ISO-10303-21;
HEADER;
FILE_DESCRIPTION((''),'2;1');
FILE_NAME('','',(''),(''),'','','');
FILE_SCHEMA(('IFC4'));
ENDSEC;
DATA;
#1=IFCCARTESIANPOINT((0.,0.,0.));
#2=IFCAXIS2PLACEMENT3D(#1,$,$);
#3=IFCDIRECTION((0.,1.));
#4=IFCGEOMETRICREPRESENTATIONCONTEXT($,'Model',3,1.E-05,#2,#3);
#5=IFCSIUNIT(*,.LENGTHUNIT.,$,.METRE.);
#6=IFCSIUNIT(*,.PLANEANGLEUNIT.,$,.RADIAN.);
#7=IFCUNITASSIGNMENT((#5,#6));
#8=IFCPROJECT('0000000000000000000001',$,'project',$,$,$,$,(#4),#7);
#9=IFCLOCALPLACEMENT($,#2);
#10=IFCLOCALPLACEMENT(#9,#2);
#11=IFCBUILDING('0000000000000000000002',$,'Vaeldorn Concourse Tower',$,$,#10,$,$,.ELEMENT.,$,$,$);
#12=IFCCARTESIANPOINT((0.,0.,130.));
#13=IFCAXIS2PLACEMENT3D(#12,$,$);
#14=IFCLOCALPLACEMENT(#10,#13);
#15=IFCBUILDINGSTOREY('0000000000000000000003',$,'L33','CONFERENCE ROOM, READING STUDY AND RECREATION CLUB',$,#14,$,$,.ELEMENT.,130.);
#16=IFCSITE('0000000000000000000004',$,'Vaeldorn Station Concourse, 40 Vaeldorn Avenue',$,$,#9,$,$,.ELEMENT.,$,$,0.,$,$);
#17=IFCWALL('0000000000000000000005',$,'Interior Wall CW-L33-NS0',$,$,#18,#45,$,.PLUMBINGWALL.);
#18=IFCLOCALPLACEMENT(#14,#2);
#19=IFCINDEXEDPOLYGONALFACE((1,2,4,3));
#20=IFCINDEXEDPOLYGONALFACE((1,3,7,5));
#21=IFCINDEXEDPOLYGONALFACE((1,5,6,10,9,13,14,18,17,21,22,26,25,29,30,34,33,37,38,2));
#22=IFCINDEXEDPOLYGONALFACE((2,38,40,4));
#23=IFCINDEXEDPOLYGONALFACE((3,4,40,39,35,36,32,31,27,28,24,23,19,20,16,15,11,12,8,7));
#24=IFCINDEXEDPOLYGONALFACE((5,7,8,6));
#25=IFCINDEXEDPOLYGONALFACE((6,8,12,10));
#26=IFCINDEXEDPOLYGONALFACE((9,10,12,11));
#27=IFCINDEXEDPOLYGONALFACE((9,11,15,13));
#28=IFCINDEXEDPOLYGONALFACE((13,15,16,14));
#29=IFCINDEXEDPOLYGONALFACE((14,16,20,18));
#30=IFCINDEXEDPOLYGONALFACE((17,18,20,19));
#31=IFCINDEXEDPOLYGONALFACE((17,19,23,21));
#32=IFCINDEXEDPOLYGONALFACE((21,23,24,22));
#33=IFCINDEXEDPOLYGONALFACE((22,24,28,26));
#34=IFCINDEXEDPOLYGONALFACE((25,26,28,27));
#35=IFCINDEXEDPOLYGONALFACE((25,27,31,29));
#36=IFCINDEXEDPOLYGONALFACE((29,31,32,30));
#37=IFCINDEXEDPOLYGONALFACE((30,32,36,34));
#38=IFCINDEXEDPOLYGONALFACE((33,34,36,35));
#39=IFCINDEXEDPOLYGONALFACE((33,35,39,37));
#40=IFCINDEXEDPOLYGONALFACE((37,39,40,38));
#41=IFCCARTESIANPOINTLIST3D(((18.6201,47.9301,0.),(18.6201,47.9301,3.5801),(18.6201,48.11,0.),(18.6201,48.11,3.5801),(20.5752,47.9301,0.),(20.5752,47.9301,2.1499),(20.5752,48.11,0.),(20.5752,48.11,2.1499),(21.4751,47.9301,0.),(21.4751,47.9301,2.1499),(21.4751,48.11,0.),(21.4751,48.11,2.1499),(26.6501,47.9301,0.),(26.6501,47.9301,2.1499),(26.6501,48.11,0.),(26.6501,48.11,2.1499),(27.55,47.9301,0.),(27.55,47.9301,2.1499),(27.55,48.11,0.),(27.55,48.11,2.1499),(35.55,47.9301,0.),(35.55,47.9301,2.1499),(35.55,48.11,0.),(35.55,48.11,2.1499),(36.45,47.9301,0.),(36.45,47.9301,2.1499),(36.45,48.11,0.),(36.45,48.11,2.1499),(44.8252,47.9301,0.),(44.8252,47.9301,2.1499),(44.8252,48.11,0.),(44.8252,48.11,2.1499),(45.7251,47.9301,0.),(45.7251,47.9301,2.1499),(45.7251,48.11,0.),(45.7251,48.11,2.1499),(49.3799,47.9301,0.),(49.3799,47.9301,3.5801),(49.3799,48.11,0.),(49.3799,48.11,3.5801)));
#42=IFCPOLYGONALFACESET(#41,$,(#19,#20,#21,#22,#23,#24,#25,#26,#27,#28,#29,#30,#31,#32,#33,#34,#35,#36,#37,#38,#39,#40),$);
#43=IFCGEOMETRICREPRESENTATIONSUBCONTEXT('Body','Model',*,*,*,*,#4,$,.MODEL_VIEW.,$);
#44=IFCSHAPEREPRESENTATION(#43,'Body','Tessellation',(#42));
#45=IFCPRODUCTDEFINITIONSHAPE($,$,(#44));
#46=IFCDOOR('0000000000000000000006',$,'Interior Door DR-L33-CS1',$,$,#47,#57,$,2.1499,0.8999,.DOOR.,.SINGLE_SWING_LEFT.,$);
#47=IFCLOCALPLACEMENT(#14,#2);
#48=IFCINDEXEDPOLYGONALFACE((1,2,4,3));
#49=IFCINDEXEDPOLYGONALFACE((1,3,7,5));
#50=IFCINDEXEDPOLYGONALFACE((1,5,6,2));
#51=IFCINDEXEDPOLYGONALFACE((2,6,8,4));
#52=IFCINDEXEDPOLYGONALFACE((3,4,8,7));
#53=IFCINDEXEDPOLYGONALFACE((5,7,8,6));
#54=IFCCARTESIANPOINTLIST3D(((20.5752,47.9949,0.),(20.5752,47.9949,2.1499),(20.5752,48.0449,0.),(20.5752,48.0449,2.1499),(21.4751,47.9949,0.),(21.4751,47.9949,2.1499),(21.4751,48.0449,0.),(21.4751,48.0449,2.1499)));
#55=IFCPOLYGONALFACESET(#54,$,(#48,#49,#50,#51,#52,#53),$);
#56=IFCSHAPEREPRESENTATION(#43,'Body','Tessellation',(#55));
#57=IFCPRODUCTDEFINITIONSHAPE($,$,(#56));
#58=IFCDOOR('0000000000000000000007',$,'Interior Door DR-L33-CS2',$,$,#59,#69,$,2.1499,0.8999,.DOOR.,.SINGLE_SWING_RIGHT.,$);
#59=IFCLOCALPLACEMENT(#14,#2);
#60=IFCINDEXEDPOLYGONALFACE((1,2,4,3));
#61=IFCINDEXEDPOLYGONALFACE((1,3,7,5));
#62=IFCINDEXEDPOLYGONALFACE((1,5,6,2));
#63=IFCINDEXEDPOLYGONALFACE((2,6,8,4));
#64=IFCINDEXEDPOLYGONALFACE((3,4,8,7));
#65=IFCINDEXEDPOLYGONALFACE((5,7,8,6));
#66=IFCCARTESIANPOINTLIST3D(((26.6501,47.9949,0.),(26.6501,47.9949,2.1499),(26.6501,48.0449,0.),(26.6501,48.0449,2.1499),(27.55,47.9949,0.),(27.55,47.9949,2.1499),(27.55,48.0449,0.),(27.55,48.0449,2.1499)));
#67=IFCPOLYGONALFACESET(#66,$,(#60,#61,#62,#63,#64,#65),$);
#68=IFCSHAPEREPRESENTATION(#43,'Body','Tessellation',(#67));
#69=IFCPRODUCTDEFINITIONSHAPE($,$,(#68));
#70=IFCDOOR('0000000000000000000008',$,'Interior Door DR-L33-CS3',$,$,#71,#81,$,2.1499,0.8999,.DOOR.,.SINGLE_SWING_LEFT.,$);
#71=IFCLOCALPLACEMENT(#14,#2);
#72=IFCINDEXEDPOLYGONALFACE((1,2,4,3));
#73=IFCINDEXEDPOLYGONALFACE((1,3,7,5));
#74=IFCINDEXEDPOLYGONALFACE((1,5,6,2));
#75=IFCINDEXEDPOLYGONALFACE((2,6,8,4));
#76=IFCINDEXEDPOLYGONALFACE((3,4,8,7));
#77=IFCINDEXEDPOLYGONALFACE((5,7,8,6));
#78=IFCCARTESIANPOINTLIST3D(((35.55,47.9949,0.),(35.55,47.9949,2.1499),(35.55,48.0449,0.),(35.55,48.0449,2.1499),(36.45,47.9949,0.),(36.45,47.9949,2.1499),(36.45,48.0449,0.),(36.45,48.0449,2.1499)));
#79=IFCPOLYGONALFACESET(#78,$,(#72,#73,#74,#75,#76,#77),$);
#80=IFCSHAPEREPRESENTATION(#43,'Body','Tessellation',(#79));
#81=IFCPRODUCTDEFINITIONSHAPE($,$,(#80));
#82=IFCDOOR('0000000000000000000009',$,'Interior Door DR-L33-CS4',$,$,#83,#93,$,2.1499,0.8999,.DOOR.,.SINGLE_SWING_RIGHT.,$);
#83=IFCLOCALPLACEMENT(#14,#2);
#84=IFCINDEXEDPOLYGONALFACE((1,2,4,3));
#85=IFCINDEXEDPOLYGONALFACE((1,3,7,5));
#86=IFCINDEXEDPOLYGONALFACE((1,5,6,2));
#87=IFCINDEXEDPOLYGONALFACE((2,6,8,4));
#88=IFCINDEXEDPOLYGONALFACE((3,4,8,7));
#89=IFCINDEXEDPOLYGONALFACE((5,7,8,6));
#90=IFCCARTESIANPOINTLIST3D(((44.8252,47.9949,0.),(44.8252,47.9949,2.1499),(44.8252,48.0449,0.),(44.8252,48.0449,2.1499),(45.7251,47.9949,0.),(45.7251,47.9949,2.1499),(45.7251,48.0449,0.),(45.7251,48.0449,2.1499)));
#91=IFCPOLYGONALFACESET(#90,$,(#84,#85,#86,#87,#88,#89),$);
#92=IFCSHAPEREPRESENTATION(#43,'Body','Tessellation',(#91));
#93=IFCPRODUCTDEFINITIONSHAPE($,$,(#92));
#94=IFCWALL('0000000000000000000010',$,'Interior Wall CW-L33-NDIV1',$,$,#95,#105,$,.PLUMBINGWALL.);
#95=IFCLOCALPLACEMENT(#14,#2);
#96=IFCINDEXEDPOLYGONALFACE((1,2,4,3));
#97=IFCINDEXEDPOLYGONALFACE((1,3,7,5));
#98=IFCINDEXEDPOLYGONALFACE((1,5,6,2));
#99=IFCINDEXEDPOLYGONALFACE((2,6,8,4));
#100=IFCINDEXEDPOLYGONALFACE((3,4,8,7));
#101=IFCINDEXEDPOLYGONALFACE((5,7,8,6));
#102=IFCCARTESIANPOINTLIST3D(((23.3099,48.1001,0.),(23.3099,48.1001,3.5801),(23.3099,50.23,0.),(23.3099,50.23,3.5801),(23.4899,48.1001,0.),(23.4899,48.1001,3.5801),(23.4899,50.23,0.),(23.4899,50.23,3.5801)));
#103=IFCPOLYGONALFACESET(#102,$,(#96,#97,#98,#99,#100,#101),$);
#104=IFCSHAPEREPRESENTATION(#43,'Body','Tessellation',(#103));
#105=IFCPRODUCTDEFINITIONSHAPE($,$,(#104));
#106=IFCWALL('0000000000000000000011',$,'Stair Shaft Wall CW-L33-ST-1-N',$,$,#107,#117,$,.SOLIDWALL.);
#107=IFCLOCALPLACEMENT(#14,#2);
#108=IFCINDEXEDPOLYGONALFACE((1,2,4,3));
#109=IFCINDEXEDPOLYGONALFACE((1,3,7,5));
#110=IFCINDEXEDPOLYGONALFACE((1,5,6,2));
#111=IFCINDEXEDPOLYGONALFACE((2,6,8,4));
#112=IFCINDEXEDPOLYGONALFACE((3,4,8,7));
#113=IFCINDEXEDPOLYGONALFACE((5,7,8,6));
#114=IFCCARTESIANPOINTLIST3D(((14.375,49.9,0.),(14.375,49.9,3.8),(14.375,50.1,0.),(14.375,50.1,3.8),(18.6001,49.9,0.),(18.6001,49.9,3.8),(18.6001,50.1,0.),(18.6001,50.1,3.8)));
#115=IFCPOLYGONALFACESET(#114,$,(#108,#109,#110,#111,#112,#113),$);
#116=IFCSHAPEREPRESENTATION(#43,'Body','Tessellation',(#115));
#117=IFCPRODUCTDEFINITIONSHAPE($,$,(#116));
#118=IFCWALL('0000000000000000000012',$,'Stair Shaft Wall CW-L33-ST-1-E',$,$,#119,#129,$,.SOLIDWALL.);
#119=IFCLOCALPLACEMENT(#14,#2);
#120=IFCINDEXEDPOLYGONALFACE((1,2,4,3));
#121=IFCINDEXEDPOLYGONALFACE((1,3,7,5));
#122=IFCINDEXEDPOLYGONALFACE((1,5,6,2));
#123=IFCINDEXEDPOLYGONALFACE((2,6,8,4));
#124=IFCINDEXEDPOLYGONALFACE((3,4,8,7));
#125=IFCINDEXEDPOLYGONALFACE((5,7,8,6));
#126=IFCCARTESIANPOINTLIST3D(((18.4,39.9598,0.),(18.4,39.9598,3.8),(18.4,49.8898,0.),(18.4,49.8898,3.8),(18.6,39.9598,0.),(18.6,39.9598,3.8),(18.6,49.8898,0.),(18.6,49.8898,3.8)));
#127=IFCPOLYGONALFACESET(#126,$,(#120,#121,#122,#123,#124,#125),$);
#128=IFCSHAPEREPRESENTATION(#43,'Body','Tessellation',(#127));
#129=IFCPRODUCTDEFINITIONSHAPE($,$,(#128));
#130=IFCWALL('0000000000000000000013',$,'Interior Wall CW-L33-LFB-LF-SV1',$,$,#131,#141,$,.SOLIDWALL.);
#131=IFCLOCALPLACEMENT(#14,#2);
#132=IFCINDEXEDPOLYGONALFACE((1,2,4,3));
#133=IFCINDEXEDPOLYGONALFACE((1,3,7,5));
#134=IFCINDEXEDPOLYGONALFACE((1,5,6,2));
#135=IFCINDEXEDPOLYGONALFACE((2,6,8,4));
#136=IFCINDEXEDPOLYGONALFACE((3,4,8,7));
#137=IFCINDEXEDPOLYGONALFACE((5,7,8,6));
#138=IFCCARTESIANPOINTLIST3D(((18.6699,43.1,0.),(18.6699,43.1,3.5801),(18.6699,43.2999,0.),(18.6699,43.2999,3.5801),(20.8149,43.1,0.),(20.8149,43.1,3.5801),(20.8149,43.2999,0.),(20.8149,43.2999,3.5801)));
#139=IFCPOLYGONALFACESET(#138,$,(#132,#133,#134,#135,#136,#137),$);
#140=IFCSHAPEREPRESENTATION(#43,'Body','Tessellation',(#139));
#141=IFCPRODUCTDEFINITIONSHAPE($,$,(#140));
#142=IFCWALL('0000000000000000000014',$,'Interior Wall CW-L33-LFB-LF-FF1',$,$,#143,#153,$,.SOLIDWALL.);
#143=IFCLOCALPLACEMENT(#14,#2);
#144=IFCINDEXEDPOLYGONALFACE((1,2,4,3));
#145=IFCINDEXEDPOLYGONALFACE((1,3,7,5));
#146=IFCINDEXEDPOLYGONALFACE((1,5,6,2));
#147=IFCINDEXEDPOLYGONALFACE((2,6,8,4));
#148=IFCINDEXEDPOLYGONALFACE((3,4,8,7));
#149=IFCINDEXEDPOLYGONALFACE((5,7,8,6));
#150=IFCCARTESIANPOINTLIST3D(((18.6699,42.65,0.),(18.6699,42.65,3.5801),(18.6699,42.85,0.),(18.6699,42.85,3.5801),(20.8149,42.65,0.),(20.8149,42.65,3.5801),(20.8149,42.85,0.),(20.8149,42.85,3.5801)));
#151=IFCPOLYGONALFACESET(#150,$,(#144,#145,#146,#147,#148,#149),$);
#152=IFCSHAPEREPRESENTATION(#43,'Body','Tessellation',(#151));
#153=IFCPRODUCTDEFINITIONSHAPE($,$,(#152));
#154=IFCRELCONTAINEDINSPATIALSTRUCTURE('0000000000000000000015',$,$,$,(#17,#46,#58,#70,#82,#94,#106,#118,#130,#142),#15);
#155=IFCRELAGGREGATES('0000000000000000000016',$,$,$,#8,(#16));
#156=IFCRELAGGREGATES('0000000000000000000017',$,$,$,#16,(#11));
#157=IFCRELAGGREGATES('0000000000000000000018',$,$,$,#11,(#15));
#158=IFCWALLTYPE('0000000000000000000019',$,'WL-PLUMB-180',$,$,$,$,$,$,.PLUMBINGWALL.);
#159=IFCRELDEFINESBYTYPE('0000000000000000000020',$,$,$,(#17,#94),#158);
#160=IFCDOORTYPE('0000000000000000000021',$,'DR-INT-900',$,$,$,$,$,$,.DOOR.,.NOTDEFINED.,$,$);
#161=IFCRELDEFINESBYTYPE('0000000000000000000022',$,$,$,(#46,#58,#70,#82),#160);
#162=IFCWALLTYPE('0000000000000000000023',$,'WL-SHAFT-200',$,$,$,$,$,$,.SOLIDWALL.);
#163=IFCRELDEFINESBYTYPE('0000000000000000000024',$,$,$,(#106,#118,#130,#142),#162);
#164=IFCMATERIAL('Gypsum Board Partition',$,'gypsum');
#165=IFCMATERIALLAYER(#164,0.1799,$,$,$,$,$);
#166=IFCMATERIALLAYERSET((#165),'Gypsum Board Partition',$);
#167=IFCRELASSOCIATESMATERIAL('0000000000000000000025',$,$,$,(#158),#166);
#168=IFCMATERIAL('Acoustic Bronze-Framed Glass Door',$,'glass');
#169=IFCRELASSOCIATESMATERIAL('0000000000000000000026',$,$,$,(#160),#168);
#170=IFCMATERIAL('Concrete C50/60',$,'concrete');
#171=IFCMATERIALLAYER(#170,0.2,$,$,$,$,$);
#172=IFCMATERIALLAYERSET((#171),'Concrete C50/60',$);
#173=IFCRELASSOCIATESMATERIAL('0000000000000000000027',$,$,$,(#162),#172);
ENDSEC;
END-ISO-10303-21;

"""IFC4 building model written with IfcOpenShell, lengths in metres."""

from ifc_helpers import new_model, si_unit, direction, frame, frame_2d, origin, place, context, subcontext, project, spatial, rectangle, extrude, source, transform, mapped, material, layer, layer_set, type_object, element, fill, save


model = new_model("IFC4")

# Units and contexts
model_context = context("Model", 3, precision=1e-05, world=origin(), true_north=direction((0.0, 1.0)))
body_context = subcontext(model_context, "Body", "Model", "MODEL_VIEW")
ifc_project = project(units=[si_unit("LENGTHUNIT", "METRE"), si_unit("PLANEANGLEUNIT", "RADIAN")], contexts=[model_context])

# Site, building, storey
site_placement = place(None, origin())
site = spatial("IfcSite", under=ifc_project, at=site_placement, Name="Vaeldorn Station Concourse, 40 Vaeldorn Avenue", CompositionType="ELEMENT", RefElevation=0.0)
building_placement = place(site_placement, origin())
building = spatial("IfcBuilding", under=site, at=building_placement, Name="Vaeldorn Concourse Tower", CompositionType="ELEMENT")
storey_placement = place(building_placement, frame((0.0, 0.0, 130.0)))
storey = spatial("IfcBuildingStorey", under=building, at=storey_placement, Name="L33", Description="CONFERENCE ROOM, READING STUDY AND RECREATION CLUB", CompositionType="ELEMENT", Elevation=130.0)

# Shared definitions
ifc_material_1 = material(Name="Gypsum Board Partition", Category="gypsum")

# Wall, openings, doors
ifc_layer_1 = layer(ifc_material_1, 0.1799)
ifc_layer_set_1 = layer_set([ifc_layer_1], Name="Gypsum Board Partition")
wall_type_1 = type_object("IfcWallType", Name="WL-PLUMB-180", PredefinedType="PLUMBINGWALL", material=ifc_layer_set_1)
wall_1_placement = place(storey_placement, frame((18.6201, 48.02, 0.0), z_axis=(0.0, 0.0, 1.0), x_axis=(1.0, 0.0, 0.0)))
wall_1 = element("IfcWall", 1, at=wall_1_placement, inside=storey, type_object=wall_type_1, Name="Interior Wall CW-L33-NS0", PredefinedType="PLUMBINGWALL", context=body_context, shape_type="SweptSolid", body=[
    extrude(rectangle(XDim=30.7598, YDim=0.1799, at=frame_2d((15.3799, 0.0))), origin(), (0.0, 0.0, 1.0), 3.5801),
])
opening_1_placement = place(wall_1_placement, frame((1.9551, 0.0, 0.0)))
opening_1 = element("IfcOpeningElement", 2, at=opening_1_placement, cuts=wall_1, PredefinedType="OPENING", context=body_context, shape_type="SweptSolid", body=[
    extrude(rectangle(XDim=0.8999, YDim=2.1499, at=frame_2d((0.45, 1.075))), frame((0.0, 0.1001, 0.0), z_axis=(0.0, -1.0, 0.0), x_axis=(1.0, 0.0, 0.0)), (0.0, 0.0, 1.0), 0.2),
])
opening_2_placement = place(wall_1_placement, frame((8.03, 0.0, 0.0)))
opening_2 = element("IfcOpeningElement", 3, at=opening_2_placement, cuts=wall_1, PredefinedType="OPENING", context=body_context, shape_type="SweptSolid", body=[
    extrude(rectangle(XDim=0.8999, YDim=2.1499, at=frame_2d((0.45, 1.075))), frame((0.0, 0.1001, 0.0), z_axis=(0.0, -1.0, 0.0), x_axis=(1.0, 0.0, 0.0)), (0.0, 0.0, 1.0), 0.2),
])
opening_3_placement = place(wall_1_placement, frame((16.9299, 0.0, 0.0)))
opening_3 = element("IfcOpeningElement", 4, at=opening_3_placement, cuts=wall_1, PredefinedType="OPENING", context=body_context, shape_type="SweptSolid", body=[
    extrude(rectangle(XDim=0.8999, YDim=2.1499, at=frame_2d((0.45, 1.075))), frame((0.0, 0.1001, 0.0), z_axis=(0.0, -1.0, 0.0), x_axis=(1.0, 0.0, 0.0)), (0.0, 0.0, 1.0), 0.2),
])
opening_4_placement = place(wall_1_placement, frame((26.2051, 0.0, 0.0)))
opening_4 = element("IfcOpeningElement", 5, at=opening_4_placement, cuts=wall_1, PredefinedType="OPENING", context=body_context, shape_type="SweptSolid", body=[
    extrude(rectangle(XDim=0.8999, YDim=2.1499, at=frame_2d((0.45, 1.075))), frame((0.0, 0.1001, 0.0), z_axis=(0.0, -1.0, 0.0), x_axis=(1.0, 0.0, 0.0)), (0.0, 0.0, 1.0), 0.2),
])
ifc_material_2 = material(Name="Acoustic Bronze-Framed Glass Door", Category="glass")
door_type_1 = type_object("IfcDoorType", Name="DR-INT-900", OperationType="NOTDEFINED", PredefinedType="DOOR", material=ifc_material_2)
shared_shape_1 = source(origin(), body_context, "Body", "SweptSolid", [
    extrude(rectangle(XDim=0.8999, YDim=2.1499, at=frame_2d((0.45, 1.075))), frame((0.0, 0.0249, 0.0), z_axis=(0.0, -1.0, 0.0), x_axis=(1.0, 0.0, 0.0)), (0.0, 0.0, 1.0), 0.05),
])
door_1_placement = place(opening_1_placement, origin())
door_1 = element("IfcDoor", 6, at=door_1_placement, inside=storey, type_object=door_type_1, Name="Interior Door DR-L33-CS1", OperationType="SINGLE_SWING_LEFT", OverallHeight=2.1499, OverallWidth=0.8999, PredefinedType="DOOR", context=body_context, shape_type="MappedRepresentation", body=[
    mapped(shared_shape_1, transform((0.0, 0.0, 0.0), scale=1.0)),
])
fill(opening_1, door_1)
door_2_placement = place(opening_2_placement, origin())
door_2 = element("IfcDoor", 7, at=door_2_placement, inside=storey, type_object=door_type_1, Name="Interior Door DR-L33-CS2", OperationType="SINGLE_SWING_RIGHT", OverallHeight=2.1499, OverallWidth=0.8999, PredefinedType="DOOR", context=body_context, shape_type="MappedRepresentation", body=[
    mapped(shared_shape_1, transform((0.0, 0.0, 0.0), scale=1.0)),
])
fill(opening_2, door_2)
door_3_placement = place(opening_3_placement, origin())
door_3 = element("IfcDoor", 8, at=door_3_placement, inside=storey, type_object=door_type_1, Name="Interior Door DR-L33-CS3", OperationType="SINGLE_SWING_LEFT", OverallHeight=2.1499, OverallWidth=0.8999, PredefinedType="DOOR", context=body_context, shape_type="MappedRepresentation", body=[
    mapped(shared_shape_1, transform((0.0, 0.0, 0.0), scale=1.0)),
])
fill(opening_3, door_3)
door_4_placement = place(opening_4_placement, origin())
door_4 = element("IfcDoor", 9, at=door_4_placement, inside=storey, type_object=door_type_1, Name="Interior Door DR-L33-CS4", OperationType="SINGLE_SWING_RIGHT", OverallHeight=2.1499, OverallWidth=0.8999, PredefinedType="DOOR", context=body_context, shape_type="MappedRepresentation", body=[
    mapped(shared_shape_1, transform((0.0, 0.0, 0.0), scale=1.0)),
])
fill(opening_4, door_4)

# Walls
wall_2_placement = place(storey_placement, frame((23.3999, 48.1001, 0.0), z_axis=(0.0, 0.0, 1.0), x_axis=(0.0, 1.0, 0.0)))
element("IfcWall", 10, at=wall_2_placement, inside=storey, type_object=wall_type_1, Name="Interior Wall CW-L33-NDIV1", PredefinedType="PLUMBINGWALL", context=body_context, shape_type="SweptSolid", body=[
    extrude(rectangle(XDim=2.1299, YDim=0.1799, at=frame_2d((1.0649, 0.0))), origin(), (0.0, 0.0, 1.0), 3.5801),
])
ifc_material_3 = material(Name="Concrete C50/60", Category="concrete")
ifc_layer_2 = layer(ifc_material_3, 0.2)
ifc_layer_set_2 = layer_set([ifc_layer_2], Name="Concrete C50/60")
wall_type_2 = type_object("IfcWallType", Name="WL-SHAFT-200", PredefinedType="SOLIDWALL", material=ifc_layer_set_2)
wall_3_placement = place(storey_placement, frame((14.375, 50.0, 0.0), z_axis=(0.0, 0.0, 1.0), x_axis=(1.0, 0.0, 0.0)))
element("IfcWall", 11, at=wall_3_placement, inside=storey, type_object=wall_type_2, Name="Stair Shaft Wall CW-L33-ST-1-N", PredefinedType="SOLIDWALL", context=body_context, shape_type="SweptSolid", body=[
    extrude(rectangle(XDim=4.2251, YDim=0.2, at=frame_2d((2.1125, 0.0))), origin(), (0.0, 0.0, 1.0), 3.8),
])
wall_4_placement = place(storey_placement, frame((18.5, 39.96, 0.0), z_axis=(0.0, 0.0, 1.0), x_axis=(0.0, 1.0, 0.0)))
element("IfcWall", 12, at=wall_4_placement, inside=storey, type_object=wall_type_2, Name="Stair Shaft Wall CW-L33-ST-1-E", PredefinedType="SOLIDWALL", context=body_context, shape_type="SweptSolid", body=[
    extrude(rectangle(XDim=9.9299, YDim=0.2, at=frame_2d((4.9648, 0.0))), origin(), (0.0, 0.0, 1.0), 3.8),
])

# Walls
for number, where, z_axis, x_axis, name in (
    (13, (18.6699, 43.2, 0.0), (0.0, 0.0, 1.0), (1.0, 0.0, 0.0), "Interior Wall CW-L33-LFB-LF-SV1"),
    (14, (18.6699, 42.75, 0.0), (0.0, 0.0, 1.0), (1.0, 0.0, 0.0), "Interior Wall CW-L33-LFB-LF-FF1"),
):
    element("IfcWall", number, at=place(storey_placement, frame(where, z_axis=z_axis, x_axis=x_axis)), inside=storey, type_object=wall_type_2, Name=name, PredefinedType="SOLIDWALL", context=body_context, shape_type="SweptSolid", body=[
        extrude(rectangle(XDim=2.145, YDim=0.2, at=frame_2d((1.0725, 0.0))), origin(), (0.0, 0.0, 1.0), 3.5801),
    ])

save(model, "model.ifc")
